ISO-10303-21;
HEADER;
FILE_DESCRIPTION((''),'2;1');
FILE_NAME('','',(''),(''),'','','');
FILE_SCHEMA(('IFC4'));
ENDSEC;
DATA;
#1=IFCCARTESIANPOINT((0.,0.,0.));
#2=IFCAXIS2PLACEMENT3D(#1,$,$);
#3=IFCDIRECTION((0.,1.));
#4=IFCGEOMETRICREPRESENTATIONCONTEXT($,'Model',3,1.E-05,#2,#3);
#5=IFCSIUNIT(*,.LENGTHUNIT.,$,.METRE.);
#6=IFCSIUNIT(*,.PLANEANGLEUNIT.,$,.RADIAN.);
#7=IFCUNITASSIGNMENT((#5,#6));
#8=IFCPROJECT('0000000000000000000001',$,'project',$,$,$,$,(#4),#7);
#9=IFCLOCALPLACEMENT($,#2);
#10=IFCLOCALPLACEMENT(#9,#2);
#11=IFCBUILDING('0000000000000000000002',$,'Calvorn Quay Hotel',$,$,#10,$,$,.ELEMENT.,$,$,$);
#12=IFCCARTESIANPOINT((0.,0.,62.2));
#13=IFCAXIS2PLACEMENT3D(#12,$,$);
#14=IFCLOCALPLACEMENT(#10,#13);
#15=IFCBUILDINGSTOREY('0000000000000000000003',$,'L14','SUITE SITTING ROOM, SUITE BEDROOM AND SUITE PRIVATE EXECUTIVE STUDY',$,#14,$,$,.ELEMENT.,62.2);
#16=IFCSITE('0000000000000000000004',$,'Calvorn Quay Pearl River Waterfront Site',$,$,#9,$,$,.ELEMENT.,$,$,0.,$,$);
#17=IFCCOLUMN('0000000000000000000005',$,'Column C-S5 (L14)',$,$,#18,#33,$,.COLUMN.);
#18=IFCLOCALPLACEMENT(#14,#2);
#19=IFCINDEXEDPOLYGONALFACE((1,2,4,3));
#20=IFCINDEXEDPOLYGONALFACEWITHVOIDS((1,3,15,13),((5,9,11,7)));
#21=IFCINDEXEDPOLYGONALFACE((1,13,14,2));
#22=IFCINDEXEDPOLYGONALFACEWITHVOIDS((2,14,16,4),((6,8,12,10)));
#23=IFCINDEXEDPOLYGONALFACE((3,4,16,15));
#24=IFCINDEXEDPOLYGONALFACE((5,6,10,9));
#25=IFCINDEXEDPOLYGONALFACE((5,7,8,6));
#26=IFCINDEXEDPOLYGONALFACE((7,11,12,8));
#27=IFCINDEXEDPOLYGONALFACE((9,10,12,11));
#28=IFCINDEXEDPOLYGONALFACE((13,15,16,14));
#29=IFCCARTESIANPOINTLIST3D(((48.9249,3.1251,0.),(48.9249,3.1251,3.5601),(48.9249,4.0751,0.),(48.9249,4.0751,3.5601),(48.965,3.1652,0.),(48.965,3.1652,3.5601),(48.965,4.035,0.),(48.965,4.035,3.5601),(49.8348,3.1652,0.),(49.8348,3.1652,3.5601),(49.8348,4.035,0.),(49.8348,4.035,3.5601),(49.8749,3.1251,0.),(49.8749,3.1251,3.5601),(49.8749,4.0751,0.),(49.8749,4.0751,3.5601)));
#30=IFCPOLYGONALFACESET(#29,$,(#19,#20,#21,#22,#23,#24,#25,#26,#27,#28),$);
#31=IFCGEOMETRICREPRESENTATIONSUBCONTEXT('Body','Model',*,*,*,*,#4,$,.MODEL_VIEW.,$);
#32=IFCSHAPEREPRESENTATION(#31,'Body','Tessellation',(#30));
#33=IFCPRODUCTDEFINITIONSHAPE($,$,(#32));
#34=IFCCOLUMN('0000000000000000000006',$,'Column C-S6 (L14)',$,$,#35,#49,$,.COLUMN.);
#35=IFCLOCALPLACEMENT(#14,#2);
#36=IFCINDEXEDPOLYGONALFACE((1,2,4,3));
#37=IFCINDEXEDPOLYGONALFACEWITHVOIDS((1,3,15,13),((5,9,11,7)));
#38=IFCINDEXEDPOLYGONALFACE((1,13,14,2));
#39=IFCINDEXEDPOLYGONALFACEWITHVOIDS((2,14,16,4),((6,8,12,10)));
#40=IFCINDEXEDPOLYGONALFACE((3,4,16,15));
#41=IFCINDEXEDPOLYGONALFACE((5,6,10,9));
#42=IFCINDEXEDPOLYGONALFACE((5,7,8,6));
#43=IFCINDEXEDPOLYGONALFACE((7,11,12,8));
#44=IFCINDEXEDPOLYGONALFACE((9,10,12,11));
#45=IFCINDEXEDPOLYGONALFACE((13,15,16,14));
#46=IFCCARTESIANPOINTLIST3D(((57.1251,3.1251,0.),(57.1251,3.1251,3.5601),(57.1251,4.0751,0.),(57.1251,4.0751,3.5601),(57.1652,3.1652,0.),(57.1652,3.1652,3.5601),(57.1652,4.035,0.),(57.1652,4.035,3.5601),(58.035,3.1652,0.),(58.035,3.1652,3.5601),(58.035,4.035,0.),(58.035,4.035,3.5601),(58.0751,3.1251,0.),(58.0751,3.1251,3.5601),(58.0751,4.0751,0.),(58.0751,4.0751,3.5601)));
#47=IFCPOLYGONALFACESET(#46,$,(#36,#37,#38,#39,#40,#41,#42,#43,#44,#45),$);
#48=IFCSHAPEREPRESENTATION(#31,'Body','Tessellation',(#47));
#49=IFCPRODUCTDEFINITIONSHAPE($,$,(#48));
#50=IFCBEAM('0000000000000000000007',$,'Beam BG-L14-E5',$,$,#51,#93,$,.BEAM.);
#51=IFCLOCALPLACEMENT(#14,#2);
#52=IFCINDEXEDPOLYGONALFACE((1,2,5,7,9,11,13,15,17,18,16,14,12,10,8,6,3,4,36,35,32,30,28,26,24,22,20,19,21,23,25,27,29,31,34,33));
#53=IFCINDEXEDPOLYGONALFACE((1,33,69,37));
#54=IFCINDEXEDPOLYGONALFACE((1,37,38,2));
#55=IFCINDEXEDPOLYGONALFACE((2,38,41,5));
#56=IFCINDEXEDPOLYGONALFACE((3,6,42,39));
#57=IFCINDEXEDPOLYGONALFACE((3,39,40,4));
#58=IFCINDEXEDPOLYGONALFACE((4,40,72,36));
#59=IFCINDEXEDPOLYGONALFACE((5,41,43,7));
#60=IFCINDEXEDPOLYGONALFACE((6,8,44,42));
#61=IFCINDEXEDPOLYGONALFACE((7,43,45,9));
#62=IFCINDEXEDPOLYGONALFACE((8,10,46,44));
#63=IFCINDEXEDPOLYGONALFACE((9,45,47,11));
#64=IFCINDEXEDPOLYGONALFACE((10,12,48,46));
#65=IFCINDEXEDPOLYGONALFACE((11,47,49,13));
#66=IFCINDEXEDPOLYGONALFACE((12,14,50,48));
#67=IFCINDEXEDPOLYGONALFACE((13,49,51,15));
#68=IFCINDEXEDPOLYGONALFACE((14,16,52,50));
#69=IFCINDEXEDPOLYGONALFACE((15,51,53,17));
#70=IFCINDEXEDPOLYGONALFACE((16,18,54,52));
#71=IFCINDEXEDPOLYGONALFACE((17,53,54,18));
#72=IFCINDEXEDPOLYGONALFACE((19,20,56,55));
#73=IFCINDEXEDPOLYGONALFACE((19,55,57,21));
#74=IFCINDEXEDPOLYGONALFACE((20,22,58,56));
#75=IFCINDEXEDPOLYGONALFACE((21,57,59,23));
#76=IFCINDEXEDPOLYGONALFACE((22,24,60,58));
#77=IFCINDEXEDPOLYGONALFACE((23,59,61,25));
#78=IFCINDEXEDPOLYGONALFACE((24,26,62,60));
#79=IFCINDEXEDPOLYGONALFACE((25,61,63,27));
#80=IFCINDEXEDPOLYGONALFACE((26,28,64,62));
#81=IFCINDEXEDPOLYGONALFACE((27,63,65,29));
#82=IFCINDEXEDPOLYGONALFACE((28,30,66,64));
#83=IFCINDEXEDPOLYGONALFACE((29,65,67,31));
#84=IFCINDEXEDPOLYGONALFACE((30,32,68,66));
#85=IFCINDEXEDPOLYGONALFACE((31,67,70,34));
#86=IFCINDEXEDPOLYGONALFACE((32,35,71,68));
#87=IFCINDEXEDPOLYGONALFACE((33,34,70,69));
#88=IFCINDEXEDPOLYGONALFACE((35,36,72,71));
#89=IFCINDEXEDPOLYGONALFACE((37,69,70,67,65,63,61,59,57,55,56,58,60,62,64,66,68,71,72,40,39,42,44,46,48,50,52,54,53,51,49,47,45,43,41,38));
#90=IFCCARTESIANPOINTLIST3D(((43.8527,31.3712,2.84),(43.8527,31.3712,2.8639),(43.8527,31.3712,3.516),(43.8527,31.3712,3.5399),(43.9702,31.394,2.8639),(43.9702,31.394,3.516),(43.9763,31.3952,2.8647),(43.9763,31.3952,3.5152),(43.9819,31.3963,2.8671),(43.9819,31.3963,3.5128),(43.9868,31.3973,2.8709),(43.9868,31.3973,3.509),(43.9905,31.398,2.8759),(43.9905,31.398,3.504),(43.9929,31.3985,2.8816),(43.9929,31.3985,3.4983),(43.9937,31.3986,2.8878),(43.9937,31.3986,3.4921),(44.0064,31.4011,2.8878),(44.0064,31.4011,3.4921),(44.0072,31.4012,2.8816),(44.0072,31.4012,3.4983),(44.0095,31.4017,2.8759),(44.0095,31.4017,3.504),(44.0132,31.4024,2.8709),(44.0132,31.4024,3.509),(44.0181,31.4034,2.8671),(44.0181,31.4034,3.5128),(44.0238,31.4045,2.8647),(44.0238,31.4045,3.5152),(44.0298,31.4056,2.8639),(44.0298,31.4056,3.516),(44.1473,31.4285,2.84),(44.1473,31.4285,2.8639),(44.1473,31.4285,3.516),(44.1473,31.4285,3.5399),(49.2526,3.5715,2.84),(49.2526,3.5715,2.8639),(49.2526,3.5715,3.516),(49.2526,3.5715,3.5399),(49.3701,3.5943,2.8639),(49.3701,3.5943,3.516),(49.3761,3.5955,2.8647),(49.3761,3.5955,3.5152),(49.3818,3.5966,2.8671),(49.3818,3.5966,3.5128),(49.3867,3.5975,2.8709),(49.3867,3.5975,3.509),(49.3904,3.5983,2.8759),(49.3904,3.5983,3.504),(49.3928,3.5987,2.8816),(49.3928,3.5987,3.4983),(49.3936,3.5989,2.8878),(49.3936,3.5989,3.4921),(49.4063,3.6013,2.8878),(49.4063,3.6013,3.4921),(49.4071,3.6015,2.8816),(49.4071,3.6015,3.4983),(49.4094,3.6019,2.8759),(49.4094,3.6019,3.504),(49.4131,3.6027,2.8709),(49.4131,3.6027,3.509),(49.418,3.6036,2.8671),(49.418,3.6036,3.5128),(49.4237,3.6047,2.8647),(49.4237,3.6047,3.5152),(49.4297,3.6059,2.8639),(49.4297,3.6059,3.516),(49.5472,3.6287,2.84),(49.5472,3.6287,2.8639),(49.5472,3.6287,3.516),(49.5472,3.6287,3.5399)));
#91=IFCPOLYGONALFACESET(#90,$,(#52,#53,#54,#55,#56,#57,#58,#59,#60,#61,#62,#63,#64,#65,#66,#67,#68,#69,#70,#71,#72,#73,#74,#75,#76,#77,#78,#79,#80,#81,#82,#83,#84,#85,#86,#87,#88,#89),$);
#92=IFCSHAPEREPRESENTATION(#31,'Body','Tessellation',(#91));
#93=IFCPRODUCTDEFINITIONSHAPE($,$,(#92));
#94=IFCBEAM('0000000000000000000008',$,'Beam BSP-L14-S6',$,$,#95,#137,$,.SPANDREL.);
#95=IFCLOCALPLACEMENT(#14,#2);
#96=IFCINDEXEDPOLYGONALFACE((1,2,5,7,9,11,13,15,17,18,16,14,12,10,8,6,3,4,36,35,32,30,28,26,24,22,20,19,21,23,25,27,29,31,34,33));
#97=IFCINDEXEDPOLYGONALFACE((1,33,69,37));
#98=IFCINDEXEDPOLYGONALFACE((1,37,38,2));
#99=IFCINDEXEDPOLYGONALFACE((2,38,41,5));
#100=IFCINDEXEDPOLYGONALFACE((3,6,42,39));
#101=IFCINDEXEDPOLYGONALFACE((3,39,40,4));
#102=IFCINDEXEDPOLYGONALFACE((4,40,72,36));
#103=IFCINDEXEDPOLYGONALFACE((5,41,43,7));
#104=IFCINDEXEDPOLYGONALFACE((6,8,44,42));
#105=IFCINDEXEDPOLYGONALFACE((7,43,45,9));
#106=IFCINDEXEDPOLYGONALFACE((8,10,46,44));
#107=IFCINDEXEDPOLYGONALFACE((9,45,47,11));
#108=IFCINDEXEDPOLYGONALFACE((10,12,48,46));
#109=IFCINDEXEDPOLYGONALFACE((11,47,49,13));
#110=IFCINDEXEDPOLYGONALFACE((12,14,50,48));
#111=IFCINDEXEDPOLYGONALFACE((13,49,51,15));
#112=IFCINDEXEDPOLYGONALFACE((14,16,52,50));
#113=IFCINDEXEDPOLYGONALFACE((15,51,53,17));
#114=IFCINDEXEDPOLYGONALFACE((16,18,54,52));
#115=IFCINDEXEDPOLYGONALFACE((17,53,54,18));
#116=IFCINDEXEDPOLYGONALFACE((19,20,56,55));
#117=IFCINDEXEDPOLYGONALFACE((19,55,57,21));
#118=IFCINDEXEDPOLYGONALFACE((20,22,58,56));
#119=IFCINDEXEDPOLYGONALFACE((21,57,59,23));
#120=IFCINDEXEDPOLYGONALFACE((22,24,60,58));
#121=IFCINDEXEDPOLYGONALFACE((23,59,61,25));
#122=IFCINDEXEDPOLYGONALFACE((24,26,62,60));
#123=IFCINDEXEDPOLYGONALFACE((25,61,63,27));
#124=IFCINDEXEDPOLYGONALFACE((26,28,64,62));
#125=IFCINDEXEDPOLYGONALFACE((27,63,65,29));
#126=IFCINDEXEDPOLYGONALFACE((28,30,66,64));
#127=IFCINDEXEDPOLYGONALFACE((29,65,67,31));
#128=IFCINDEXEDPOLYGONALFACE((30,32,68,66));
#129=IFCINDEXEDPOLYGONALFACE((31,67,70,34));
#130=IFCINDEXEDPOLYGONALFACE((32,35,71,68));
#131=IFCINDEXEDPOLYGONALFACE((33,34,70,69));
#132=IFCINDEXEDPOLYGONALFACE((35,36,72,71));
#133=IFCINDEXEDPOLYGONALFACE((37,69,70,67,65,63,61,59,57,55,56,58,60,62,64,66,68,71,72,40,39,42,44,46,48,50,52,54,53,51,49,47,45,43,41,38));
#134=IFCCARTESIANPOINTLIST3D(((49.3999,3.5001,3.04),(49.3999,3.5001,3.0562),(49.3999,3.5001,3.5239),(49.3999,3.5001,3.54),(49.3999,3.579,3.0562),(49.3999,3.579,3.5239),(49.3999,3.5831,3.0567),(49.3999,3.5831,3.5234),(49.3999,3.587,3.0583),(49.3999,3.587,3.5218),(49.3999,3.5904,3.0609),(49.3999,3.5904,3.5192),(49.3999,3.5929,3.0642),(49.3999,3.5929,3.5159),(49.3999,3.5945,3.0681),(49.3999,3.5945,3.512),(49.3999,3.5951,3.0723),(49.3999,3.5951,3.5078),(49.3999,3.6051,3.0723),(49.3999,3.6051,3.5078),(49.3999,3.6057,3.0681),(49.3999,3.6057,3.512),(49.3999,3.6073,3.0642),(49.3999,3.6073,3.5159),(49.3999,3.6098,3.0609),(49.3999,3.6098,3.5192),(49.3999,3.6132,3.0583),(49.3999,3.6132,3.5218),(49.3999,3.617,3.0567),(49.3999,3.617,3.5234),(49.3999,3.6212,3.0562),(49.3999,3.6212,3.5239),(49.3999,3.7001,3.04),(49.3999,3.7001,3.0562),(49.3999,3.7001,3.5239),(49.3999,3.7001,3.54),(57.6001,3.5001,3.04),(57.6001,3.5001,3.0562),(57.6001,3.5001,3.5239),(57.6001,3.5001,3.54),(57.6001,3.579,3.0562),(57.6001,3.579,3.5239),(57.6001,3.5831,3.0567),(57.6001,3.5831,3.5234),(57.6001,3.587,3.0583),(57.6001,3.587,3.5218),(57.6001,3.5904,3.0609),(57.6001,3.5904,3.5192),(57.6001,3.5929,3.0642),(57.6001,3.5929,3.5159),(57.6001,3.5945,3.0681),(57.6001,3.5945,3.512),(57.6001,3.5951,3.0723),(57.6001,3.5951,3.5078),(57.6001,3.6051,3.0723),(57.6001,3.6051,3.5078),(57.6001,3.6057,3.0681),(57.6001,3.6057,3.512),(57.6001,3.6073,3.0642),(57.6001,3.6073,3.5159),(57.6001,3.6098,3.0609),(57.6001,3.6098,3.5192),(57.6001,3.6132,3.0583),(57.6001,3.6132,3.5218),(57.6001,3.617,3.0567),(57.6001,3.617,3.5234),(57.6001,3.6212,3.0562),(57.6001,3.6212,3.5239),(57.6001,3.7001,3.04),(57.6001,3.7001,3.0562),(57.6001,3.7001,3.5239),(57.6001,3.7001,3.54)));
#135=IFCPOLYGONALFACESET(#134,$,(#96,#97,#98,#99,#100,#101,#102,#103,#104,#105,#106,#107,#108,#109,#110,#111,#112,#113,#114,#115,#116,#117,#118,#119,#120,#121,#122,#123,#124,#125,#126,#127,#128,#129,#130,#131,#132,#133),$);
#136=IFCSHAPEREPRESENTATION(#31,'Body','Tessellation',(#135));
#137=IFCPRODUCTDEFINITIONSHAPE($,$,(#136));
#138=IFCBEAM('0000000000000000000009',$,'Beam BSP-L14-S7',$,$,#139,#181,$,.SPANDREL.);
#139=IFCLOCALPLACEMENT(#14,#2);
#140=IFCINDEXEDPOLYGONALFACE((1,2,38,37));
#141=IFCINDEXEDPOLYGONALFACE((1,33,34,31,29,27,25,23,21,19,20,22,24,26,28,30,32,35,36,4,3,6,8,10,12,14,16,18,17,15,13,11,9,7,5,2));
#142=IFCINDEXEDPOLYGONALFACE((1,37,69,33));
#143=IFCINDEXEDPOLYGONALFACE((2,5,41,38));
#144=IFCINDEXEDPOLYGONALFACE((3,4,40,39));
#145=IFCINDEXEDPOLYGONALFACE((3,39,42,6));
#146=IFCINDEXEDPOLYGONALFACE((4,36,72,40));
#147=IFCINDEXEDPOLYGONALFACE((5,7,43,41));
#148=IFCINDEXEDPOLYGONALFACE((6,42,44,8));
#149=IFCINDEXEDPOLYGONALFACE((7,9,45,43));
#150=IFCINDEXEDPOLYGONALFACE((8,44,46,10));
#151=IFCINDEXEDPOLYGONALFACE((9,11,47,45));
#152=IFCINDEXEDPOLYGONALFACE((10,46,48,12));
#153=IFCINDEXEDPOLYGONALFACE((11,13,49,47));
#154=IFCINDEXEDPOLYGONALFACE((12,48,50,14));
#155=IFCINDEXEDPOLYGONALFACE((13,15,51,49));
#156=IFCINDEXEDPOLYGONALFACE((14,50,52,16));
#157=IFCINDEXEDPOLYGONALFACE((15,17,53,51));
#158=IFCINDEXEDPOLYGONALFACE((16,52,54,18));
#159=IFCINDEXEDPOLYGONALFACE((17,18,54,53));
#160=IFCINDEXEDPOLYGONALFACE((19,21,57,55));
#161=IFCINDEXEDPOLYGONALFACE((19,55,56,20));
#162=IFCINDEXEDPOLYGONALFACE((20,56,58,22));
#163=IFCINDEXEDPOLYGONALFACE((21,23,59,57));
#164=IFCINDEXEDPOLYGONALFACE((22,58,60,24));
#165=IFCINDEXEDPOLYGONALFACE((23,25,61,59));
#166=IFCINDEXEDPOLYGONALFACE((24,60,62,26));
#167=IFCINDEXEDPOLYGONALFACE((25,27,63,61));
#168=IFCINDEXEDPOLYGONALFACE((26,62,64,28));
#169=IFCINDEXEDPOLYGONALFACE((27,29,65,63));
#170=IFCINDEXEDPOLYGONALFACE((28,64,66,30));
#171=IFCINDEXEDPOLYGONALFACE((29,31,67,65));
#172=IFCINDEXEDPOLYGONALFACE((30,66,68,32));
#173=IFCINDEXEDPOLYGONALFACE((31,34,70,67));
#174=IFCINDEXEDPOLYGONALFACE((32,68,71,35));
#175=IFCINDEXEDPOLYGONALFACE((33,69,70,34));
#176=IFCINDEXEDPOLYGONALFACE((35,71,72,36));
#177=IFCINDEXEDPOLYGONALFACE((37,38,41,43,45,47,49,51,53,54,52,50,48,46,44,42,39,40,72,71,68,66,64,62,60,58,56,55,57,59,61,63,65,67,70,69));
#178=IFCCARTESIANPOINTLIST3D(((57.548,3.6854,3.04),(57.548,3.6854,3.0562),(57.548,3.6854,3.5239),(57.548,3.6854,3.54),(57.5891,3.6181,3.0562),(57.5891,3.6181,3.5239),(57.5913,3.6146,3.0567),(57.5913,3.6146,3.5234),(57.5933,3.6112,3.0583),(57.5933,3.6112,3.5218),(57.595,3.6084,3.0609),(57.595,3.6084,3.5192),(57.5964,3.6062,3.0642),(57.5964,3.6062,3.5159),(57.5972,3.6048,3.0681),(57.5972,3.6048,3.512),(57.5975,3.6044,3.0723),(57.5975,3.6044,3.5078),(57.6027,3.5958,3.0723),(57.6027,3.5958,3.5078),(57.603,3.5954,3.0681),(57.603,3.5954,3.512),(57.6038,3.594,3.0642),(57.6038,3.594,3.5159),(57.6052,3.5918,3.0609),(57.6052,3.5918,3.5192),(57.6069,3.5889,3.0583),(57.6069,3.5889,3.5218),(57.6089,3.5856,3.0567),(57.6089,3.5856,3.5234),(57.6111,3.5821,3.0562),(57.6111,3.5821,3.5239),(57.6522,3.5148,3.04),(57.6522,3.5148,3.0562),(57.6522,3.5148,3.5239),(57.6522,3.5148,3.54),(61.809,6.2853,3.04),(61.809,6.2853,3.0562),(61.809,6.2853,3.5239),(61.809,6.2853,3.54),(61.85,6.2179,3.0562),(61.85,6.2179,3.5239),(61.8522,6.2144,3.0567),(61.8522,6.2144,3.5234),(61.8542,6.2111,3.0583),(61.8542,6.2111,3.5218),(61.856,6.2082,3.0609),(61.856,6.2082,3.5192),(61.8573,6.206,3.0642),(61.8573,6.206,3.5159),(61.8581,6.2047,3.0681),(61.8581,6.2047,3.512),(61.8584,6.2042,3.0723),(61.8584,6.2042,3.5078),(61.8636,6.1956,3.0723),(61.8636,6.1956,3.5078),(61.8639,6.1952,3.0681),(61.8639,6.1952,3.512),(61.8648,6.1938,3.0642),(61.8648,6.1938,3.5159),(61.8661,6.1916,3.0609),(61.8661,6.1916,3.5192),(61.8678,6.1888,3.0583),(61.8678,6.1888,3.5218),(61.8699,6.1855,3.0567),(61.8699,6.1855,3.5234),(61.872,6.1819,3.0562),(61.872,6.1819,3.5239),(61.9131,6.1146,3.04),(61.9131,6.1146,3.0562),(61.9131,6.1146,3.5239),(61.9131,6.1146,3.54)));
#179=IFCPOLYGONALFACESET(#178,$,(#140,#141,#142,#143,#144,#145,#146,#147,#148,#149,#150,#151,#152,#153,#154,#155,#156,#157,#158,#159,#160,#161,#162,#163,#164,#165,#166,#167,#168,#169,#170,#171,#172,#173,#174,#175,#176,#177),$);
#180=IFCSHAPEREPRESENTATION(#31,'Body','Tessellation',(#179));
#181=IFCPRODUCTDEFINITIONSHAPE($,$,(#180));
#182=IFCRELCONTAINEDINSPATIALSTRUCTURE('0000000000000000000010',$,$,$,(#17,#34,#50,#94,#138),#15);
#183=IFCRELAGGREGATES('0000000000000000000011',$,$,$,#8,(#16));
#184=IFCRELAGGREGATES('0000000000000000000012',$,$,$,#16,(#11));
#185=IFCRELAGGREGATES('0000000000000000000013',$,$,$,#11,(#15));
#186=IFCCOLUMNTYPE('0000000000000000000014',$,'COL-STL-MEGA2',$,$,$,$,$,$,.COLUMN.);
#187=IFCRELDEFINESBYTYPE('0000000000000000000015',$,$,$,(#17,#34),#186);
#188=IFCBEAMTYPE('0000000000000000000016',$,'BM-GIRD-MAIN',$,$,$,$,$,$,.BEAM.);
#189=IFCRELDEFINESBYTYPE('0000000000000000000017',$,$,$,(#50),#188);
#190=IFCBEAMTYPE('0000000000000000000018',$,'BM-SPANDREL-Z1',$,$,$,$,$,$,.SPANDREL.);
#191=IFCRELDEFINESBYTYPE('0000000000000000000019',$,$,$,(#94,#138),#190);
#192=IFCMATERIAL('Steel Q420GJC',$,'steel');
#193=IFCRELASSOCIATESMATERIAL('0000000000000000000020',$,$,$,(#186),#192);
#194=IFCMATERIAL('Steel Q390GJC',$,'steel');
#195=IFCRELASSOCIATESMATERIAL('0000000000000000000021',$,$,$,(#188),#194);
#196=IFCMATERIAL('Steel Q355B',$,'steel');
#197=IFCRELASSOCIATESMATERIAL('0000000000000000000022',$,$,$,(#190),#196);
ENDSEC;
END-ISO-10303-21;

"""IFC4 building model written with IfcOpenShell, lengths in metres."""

from ifc_helpers import new_model, si_unit, direction, frame, origin, origin_2d, place, context, subcontext, project, spatial, hollow_rectangle, i_section, extrude, material, material_profile, profile_set, type_object, element, save


model = new_model("IFC4")

# Units and contexts
model_context = context("Model", 3, precision=1e-05, world=origin(), true_north=direction((0.0, 1.0)))
body_context = subcontext(model_context, "Body", "Model", "MODEL_VIEW")
ifc_project = project(units=[si_unit("LENGTHUNIT", "METRE"), si_unit("PLANEANGLEUNIT", "RADIAN")], contexts=[model_context])

# Site, building, storey
site_placement = place(None, origin())
site = spatial("IfcSite", under=ifc_project, at=site_placement, Name="Calvorn Quay Pearl River Waterfront Site", CompositionType="ELEMENT", RefElevation=0.0)
building_placement = place(site_placement, origin())
building = spatial("IfcBuilding", under=site, at=building_placement, Name="Calvorn Quay Hotel", CompositionType="ELEMENT")
storey_placement = place(building_placement, frame((0.0, 0.0, 62.2)))
storey = spatial("IfcBuildingStorey", under=building, at=storey_placement, Name="L14", Description="SUITE SITTING ROOM, SUITE BEDROOM AND SUITE PRIVATE EXECUTIVE STUDY", CompositionType="ELEMENT", Elevation=62.2)

# Columns
ifc_material_1 = material(Name="Steel Q420GJC", Category="steel")
ifc_material_profile_1 = material_profile(ifc_material_1, hollow_rectangle(XDim=0.95, YDim=0.95, WallThickness=0.04, at=origin_2d()), Name="BOX950x950x40")
ifc_profile_set_1 = profile_set([ifc_material_profile_1], Name="Steel Q420GJC")
column_type = type_object("IfcColumnType", Name="COL-STL-MEGA2", PredefinedType="COLUMN", material=ifc_profile_set_1)
for number, where, z_axis, x_axis, name in (
    (1, (49.3999, 3.6001, 0.0), (0.0, 0.0, 1.0), (1.0, 0.0, 0.0), "Column C-S5 (L14)"),
    (2, (57.6001, 3.6001, 0.0), (0.0, 0.0, 1.0), (1.0, 0.0, 0.0), "Column C-S6 (L14)"),
):
    element("IfcColumn", number, at=place(storey_placement, frame(where, z_axis=z_axis, x_axis=x_axis)), inside=storey, type_object=column_type, Name=name, PredefinedType="COLUMN", context=body_context, shape_type="SweptSolid", body=[
        extrude(hollow_rectangle(XDim=0.95, YDim=0.95, WallThickness=0.04, at=origin_2d()), origin(), (0.0, 0.0, 1.0), 3.5601),
    ])

# Beams
ifc_material_2 = material(Name="Steel Q390GJC", Category="steel")
ifc_material_profile_2 = material_profile(ifc_material_2, i_section(OverallWidth=0.3, OverallDepth=0.7, WebThickness=0.0129, FlangeThickness=0.0239, FilletRadius=0.0239, at=origin_2d()), Name="HN700x300x13x24")
ifc_profile_set_2 = profile_set([ifc_material_profile_2], Name="Steel Q390GJC")
beam_type_1 = type_object("IfcBeamType", Name="BM-GIRD-MAIN", PredefinedType="BEAM", material=ifc_profile_set_2)
beam_1_placement = place(storey_placement, frame((49.3999, 3.6001, 3.1899), z_axis=(-0.190679, 0.981653, 0.0), x_axis=(-0.981653, -0.190679, 0.0)))
element("IfcBeam", 3, at=beam_1_placement, inside=storey, type_object=beam_type_1, Name="Beam BG-L14-E5", PredefinedType="BEAM", context=body_context, shape_type="SweptSolid", body=[
    extrude(i_section(OverallWidth=0.3, OverallDepth=0.7, WebThickness=0.0129, FlangeThickness=0.0239, FilletRadius=0.0239, at=origin_2d()), origin(), (0.0, 0.0, 1.0), 28.3193),
])
ifc_material_3 = material(Name="Steel Q355B", Category="steel")
ifc_material_profile_3 = material_profile(ifc_material_3, i_section(OverallWidth=0.2, OverallDepth=0.5, WebThickness=0.01, FlangeThickness=0.0161, FilletRadius=0.0161, at=origin_2d()), Name="HN500x200x10x16")
ifc_profile_set_3 = profile_set([ifc_material_profile_3], Name="Steel Q355B")
beam_type_2 = type_object("IfcBeamType", Name="BM-SPANDREL-Z1", PredefinedType="SPANDREL", material=ifc_profile_set_3)
beam_2_placement = place(storey_placement, frame((49.3999, 3.6001, 3.29), z_axis=(1.0, 0.0, 0.0), x_axis=(0.0, 1.0, 0.0)))
element("IfcBeam", 4, at=beam_2_placement, inside=storey, type_object=beam_type_2, Name="Beam BSP-L14-S6", PredefinedType="SPANDREL", context=body_context, shape_type="SweptSolid", body=[
    extrude(i_section(OverallWidth=0.2, OverallDepth=0.5, WebThickness=0.01, FlangeThickness=0.0161, FilletRadius=0.0161, at=origin_2d()), origin(), (0.0, 0.0, 1.0), 8.2002),
])
beam_3_placement = place(storey_placement, frame((57.6001, 3.6001, 3.29), z_axis=(0.853646, 0.520854, 0.0), x_axis=(-0.520854, 0.853646, 0.0)))
element("IfcBeam", 5, at=beam_3_placement, inside=storey, type_object=beam_type_2, Name="Beam BSP-L14-S7", PredefinedType="SPANDREL", context=body_context, shape_type="SweptSolid", body=[
    extrude(i_section(OverallWidth=0.2, OverallDepth=0.5, WebThickness=0.01, FlangeThickness=0.0161, FilletRadius=0.0161, at=origin_2d()), origin(), (0.0, 0.0, 1.0), 4.9915),
])

save(model, "model.ifc")
